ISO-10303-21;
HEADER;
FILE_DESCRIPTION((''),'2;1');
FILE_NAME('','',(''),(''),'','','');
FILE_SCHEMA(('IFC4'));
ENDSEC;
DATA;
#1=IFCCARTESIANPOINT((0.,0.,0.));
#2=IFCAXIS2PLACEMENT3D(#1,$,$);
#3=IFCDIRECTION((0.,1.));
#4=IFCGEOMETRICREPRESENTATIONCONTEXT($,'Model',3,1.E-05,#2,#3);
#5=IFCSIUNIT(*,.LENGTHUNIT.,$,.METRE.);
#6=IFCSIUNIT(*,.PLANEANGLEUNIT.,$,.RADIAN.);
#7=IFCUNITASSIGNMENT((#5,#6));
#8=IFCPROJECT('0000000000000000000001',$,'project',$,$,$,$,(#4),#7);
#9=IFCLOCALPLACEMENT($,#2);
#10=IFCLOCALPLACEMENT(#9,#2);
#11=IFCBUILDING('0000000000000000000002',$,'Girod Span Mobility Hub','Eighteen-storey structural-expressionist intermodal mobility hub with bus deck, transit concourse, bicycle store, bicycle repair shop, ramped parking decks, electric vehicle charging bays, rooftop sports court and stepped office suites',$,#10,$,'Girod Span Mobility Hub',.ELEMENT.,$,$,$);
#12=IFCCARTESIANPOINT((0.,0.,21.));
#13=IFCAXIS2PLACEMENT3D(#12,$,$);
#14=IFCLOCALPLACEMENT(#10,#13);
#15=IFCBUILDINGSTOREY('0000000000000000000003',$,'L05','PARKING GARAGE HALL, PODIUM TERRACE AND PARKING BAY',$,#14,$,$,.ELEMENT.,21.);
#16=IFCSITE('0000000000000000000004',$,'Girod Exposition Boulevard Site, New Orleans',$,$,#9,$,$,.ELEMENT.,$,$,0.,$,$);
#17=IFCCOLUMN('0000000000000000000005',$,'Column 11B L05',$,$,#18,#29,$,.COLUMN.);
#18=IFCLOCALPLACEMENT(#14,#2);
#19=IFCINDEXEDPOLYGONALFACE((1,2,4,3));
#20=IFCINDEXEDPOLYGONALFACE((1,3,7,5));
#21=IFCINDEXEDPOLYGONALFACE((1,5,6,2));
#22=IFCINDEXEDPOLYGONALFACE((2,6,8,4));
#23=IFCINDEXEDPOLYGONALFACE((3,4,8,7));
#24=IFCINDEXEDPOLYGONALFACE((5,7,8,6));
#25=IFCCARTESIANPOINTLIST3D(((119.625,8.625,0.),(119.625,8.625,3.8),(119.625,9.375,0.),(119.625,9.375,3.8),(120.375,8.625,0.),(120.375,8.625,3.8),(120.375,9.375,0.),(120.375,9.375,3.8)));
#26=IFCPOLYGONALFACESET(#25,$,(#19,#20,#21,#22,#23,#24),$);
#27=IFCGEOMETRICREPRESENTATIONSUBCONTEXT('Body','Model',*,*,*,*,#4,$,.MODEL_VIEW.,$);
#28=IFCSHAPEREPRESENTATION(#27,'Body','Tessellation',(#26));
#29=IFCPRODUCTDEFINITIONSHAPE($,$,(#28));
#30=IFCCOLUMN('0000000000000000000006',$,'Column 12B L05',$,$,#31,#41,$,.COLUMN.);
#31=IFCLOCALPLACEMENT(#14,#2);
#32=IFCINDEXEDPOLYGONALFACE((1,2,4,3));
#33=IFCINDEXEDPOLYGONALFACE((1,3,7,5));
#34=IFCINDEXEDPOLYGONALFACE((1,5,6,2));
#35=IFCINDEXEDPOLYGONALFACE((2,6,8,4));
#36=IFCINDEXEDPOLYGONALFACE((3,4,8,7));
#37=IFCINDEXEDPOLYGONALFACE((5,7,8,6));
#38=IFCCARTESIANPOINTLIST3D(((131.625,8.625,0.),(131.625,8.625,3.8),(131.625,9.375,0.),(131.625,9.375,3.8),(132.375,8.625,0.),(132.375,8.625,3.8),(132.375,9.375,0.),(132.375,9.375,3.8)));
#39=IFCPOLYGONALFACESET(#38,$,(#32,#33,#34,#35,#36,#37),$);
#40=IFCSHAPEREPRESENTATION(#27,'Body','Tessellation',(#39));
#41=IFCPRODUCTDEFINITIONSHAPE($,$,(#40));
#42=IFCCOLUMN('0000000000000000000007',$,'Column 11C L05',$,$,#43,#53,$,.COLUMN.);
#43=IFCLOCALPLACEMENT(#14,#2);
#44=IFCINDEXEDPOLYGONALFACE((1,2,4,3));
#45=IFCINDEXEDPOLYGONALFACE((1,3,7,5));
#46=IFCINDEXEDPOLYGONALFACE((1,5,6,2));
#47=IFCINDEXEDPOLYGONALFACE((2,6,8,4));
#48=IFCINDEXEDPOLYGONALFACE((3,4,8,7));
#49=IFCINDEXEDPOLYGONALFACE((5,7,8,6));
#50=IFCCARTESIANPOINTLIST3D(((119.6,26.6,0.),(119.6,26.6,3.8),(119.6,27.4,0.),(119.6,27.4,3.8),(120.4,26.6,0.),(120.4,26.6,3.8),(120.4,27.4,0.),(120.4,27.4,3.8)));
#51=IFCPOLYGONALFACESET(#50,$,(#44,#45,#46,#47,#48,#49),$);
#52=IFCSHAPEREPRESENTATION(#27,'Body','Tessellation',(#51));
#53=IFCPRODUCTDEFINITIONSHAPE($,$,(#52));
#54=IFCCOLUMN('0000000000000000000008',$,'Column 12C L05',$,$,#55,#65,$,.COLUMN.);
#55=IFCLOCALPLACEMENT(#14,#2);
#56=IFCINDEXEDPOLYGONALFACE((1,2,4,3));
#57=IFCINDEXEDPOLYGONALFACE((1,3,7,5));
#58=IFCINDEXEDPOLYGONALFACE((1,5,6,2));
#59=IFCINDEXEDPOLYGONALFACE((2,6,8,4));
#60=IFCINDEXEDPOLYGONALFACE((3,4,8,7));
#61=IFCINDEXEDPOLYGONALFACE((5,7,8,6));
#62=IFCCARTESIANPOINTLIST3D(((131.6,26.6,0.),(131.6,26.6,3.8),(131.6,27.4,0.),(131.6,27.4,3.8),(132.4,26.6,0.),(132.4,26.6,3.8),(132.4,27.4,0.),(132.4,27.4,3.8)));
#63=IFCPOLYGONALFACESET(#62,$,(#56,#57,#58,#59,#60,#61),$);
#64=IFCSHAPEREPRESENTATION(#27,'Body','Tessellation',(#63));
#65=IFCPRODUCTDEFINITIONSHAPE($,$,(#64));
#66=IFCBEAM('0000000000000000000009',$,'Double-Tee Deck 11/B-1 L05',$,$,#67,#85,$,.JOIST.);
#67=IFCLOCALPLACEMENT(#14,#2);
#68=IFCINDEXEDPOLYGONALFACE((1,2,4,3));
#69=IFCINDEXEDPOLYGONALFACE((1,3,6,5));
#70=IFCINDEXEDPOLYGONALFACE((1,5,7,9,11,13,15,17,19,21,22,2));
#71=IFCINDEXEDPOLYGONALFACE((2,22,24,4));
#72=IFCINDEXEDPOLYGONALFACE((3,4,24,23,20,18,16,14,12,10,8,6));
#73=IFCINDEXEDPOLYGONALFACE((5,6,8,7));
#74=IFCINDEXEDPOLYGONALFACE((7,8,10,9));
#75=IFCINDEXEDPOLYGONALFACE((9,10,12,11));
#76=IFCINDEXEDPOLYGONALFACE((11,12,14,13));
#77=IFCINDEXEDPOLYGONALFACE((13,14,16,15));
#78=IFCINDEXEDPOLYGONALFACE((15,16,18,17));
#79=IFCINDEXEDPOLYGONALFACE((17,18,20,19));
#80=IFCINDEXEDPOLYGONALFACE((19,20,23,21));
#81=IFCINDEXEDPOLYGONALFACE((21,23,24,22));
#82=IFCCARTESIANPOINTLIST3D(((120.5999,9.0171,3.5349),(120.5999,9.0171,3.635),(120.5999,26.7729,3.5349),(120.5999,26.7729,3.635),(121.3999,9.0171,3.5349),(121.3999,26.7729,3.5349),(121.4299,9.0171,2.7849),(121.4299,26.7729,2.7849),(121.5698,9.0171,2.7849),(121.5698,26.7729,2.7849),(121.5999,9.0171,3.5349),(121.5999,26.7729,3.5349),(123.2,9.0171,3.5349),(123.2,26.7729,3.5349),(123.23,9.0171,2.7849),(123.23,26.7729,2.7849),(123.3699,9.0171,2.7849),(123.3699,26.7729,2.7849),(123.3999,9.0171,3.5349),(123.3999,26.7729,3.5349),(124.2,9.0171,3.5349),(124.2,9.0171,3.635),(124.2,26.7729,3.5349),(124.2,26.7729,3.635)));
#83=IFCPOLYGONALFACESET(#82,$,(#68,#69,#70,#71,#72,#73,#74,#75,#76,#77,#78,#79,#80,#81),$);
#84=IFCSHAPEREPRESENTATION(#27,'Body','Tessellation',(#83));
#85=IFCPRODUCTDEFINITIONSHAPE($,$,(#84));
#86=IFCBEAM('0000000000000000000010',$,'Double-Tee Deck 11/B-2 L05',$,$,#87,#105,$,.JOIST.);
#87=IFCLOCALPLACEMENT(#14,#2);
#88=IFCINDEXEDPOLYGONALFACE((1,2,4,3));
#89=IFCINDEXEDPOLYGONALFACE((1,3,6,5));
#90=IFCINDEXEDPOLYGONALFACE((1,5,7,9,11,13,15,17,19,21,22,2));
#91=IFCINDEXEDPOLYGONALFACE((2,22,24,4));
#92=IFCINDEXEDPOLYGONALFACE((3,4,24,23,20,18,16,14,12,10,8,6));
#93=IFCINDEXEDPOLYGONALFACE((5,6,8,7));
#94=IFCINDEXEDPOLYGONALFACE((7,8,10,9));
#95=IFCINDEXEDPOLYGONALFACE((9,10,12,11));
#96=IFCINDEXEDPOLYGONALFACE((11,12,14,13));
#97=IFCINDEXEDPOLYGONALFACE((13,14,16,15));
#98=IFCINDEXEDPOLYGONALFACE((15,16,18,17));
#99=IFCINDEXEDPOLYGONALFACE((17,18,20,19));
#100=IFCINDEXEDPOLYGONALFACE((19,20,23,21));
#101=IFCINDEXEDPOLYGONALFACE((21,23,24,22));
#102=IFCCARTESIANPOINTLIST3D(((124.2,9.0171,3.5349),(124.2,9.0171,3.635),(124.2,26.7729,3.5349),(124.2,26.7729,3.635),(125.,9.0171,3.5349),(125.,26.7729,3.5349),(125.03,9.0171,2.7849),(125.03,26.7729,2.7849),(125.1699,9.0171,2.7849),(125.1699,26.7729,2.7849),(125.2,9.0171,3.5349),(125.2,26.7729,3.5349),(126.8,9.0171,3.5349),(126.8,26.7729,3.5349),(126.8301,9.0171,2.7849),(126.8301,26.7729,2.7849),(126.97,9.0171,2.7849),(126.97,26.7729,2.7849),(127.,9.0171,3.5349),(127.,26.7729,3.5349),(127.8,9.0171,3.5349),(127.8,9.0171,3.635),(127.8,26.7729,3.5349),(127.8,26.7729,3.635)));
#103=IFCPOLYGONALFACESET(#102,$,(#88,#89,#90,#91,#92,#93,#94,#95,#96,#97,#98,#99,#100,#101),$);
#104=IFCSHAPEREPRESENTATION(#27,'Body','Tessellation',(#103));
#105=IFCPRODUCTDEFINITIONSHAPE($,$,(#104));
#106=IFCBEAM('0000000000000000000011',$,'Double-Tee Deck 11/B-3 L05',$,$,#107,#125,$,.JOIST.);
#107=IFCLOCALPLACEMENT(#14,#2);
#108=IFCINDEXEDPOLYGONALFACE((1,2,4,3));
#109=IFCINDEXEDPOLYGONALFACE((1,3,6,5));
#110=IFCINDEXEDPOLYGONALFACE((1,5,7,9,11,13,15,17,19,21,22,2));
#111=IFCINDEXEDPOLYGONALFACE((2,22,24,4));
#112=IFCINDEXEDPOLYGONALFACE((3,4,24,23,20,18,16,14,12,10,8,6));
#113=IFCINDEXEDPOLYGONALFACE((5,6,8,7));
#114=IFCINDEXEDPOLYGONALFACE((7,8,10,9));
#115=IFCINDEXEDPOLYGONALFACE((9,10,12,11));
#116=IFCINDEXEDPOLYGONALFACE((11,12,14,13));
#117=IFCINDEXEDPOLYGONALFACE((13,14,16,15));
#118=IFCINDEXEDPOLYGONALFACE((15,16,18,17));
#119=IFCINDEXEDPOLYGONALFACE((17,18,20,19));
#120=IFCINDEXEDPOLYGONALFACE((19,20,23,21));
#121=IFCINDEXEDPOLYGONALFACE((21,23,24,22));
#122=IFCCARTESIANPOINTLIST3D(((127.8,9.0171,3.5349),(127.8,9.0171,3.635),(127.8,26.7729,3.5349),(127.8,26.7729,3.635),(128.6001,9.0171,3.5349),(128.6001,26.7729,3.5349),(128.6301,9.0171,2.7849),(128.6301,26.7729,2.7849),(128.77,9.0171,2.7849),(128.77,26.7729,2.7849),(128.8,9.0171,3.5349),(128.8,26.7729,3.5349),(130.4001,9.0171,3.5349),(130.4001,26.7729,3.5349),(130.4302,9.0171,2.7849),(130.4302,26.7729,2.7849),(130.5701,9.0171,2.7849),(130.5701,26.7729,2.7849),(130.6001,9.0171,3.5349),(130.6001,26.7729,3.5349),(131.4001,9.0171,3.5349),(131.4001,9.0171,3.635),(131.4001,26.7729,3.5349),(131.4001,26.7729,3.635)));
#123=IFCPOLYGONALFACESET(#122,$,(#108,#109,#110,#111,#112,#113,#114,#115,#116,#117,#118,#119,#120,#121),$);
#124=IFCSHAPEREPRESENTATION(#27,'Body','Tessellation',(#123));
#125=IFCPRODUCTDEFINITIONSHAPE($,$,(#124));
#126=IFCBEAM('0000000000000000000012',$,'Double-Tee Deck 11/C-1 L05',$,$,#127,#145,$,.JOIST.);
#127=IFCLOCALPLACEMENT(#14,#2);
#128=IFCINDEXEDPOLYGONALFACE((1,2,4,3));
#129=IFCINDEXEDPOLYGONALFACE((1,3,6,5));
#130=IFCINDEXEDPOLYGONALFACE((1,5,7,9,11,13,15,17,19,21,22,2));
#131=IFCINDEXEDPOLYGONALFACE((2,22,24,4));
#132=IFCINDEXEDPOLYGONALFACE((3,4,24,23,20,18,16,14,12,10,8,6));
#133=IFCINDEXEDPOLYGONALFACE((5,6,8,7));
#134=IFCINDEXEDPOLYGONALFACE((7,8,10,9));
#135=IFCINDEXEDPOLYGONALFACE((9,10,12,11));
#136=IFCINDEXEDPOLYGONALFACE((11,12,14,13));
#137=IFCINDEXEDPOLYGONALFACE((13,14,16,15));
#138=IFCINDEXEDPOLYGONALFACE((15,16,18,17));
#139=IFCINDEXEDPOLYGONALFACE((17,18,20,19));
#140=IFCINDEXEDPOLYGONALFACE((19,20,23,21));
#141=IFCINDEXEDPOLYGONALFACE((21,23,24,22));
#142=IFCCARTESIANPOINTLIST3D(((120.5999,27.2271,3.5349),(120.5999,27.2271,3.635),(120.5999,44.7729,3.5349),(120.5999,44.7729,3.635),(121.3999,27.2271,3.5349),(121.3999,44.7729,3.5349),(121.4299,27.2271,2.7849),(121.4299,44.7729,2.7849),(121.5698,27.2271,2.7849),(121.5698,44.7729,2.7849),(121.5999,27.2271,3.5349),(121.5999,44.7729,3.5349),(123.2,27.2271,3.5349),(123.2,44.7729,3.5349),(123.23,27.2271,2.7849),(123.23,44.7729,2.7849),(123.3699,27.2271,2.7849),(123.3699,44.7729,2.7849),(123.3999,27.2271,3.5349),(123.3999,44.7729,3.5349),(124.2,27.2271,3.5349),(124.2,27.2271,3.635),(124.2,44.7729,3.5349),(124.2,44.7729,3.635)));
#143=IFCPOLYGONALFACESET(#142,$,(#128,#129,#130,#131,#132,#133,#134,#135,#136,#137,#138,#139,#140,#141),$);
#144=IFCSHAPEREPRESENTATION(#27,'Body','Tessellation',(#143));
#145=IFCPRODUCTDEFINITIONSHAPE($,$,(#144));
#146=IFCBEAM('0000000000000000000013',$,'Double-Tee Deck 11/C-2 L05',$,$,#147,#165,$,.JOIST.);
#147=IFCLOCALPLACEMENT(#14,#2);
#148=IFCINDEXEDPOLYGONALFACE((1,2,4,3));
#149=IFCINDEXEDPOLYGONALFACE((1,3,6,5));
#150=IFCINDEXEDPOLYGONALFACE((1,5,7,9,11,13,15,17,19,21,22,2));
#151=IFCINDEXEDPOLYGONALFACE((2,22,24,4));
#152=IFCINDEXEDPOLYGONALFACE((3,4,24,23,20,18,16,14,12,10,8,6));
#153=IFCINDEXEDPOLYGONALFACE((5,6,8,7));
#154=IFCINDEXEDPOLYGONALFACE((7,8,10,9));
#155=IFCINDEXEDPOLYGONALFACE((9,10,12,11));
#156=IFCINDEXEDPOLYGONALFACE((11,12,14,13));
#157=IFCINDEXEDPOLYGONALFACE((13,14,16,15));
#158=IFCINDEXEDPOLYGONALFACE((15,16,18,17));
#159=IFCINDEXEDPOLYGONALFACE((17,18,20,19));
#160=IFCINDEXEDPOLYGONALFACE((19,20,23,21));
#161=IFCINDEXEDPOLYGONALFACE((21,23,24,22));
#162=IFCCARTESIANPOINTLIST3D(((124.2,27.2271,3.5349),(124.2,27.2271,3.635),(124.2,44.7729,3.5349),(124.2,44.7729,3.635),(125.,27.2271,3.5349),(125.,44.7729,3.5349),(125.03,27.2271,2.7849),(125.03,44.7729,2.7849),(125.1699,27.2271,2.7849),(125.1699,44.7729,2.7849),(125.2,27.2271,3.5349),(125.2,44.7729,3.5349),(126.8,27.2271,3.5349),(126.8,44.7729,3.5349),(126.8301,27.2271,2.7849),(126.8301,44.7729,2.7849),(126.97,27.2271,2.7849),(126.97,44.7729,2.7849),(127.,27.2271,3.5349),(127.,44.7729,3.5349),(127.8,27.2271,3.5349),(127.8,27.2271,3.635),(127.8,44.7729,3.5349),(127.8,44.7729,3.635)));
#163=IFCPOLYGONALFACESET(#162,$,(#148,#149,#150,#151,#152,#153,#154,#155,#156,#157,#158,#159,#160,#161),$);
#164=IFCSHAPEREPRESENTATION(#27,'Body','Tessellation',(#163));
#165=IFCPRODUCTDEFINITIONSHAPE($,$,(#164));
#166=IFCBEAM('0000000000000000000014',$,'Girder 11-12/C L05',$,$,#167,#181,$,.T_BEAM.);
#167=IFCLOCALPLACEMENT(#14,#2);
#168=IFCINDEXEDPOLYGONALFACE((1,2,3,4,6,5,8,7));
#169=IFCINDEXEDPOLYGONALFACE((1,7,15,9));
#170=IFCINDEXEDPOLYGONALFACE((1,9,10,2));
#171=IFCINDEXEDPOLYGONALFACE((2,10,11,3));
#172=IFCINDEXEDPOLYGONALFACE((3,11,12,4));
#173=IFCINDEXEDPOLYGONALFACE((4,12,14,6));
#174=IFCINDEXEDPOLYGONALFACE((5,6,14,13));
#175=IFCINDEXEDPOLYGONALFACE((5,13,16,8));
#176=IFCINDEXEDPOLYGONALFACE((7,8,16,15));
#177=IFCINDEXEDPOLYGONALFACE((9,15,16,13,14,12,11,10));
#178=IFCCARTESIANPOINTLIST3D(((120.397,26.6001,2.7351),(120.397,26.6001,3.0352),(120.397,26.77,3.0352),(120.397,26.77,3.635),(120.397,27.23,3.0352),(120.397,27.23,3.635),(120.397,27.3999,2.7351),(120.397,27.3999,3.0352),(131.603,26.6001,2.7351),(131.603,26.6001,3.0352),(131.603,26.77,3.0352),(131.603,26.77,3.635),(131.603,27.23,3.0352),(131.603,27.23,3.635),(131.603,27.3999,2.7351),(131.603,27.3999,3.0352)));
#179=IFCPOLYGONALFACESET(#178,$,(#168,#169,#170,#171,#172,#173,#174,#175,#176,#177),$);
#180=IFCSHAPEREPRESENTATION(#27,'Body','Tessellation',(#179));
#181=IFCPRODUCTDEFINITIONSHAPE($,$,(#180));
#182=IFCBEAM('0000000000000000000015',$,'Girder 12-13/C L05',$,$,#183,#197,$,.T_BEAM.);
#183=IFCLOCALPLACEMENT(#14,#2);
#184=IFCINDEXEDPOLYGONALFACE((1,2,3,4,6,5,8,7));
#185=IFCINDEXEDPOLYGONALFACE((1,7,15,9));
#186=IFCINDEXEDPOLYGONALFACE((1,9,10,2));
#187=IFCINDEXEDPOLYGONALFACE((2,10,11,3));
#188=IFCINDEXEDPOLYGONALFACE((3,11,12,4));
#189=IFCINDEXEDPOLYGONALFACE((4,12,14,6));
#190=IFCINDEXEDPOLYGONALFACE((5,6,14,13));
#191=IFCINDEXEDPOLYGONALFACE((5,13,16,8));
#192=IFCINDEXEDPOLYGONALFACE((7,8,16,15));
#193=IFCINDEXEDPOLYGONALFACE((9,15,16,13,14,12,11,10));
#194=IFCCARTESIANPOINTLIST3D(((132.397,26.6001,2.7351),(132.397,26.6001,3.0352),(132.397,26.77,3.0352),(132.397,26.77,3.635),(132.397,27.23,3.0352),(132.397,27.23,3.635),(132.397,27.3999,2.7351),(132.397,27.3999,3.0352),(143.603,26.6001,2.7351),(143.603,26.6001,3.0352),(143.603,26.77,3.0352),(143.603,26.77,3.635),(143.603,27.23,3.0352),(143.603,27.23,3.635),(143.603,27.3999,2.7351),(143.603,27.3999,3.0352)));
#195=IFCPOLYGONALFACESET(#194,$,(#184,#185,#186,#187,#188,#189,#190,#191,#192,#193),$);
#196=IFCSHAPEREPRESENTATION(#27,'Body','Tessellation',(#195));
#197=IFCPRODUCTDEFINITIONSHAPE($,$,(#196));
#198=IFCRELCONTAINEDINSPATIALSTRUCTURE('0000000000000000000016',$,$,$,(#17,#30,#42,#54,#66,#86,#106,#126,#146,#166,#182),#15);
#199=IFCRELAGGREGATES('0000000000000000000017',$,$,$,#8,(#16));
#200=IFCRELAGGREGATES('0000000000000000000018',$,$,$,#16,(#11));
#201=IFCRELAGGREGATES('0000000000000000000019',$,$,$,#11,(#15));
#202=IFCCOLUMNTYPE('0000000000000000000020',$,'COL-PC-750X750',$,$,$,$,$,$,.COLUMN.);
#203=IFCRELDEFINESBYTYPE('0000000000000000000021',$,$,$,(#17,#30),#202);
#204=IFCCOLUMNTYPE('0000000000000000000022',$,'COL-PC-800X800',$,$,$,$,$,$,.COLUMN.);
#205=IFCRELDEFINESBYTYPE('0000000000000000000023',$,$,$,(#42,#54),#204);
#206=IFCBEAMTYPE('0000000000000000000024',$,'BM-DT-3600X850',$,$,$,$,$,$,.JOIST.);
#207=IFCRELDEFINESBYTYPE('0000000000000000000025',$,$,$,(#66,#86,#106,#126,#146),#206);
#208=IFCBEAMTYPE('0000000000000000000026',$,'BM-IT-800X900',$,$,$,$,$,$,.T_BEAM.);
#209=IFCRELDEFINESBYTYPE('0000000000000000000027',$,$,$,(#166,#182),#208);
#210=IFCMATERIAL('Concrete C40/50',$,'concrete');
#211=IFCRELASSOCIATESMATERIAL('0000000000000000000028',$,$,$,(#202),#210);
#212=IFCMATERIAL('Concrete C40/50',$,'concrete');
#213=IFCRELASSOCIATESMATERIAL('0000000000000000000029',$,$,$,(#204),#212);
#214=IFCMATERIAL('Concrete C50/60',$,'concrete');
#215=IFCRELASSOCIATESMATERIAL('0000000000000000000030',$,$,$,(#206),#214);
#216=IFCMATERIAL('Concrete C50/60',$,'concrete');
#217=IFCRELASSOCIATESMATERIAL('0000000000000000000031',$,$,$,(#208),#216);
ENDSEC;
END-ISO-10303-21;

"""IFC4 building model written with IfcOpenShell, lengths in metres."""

from ifc_helpers import new_model, si_unit, direction, frame, origin, origin_2d, place, context, subcontext, project, spatial, polyline, rectangle, outline, extrude, material, material_profile, profile_set, type_object, element, save


model = new_model("IFC4")

# Units and contexts
model_context = context("Model", 3, precision=1e-05, world=origin(), true_north=direction((0.0, 1.0)))
body_context = subcontext(model_context, "Body", "Model", "MODEL_VIEW")
ifc_project = project(units=[si_unit("LENGTHUNIT", "METRE"), si_unit("PLANEANGLEUNIT", "RADIAN")], contexts=[model_context])

# Site, building, storey
site_placement = place(None, origin())
site = spatial("IfcSite", under=ifc_project, at=site_placement, Name="Girod Exposition Boulevard Site, New Orleans", CompositionType="ELEMENT", RefElevation=0.0)
building_placement = place(site_placement, origin())
building = spatial("IfcBuilding", under=site, at=building_placement, Name="Girod Span Mobility Hub", Description="Eighteen-storey structural-expressionist intermodal mobility hub with bus deck, transit concourse, bicycle store, bicycle repair shop, ramped parking decks, electric vehicle charging bays, rooftop sports court and stepped office suites", LongName="Girod Span Mobility Hub", CompositionType="ELEMENT")
storey_placement = place(building_placement, frame((0.0, 0.0, 21.0)))
storey = spatial("IfcBuildingStorey", under=building, at=storey_placement, Name="L05", Description="PARKING GARAGE HALL, PODIUM TERRACE AND PARKING BAY", CompositionType="ELEMENT", Elevation=21.0)

# Columns
ifc_material_1 = material(Name="Concrete C40/50", Category="concrete")
ifc_material_profile_1 = material_profile(ifc_material_1, rectangle(XDim=0.75, YDim=0.75, at=origin_2d()), Name="PC-COL-750X750")
ifc_profile_set_1 = profile_set([ifc_material_profile_1], Name="Concrete C40/50")
column_type_1 = type_object("IfcColumnType", Name="COL-PC-750X750", PredefinedType="COLUMN", material=ifc_profile_set_1)
for number, where, z_axis, x_axis, name in (
    (1, (120.0, 9.0, 0.0), (0.0, 0.0, 1.0), (1.0, 0.0, 0.0), "Column 11B L05"),
    (2, (132.0, 9.0, 0.0), (0.0, 0.0, 1.0), (1.0, 0.0, 0.0), "Column 12B L05"),
):
    element("IfcColumn", number, at=place(storey_placement, frame(where, z_axis=z_axis, x_axis=x_axis)), inside=storey, type_object=column_type_1, Name=name, PredefinedType="COLUMN", context=body_context, shape_type="SweptSolid", body=[
        extrude(rectangle(XDim=0.75, YDim=0.75, at=origin_2d()), origin(), (0.0, 0.0, 1.0), 3.8),
    ])
ifc_material_2 = material(Name="Concrete C40/50", Category="concrete")
ifc_material_profile_2 = material_profile(ifc_material_2, rectangle(XDim=0.8, YDim=0.8, at=origin_2d()), Name="PC-COL-800X800")
ifc_profile_set_2 = profile_set([ifc_material_profile_2], Name="Concrete C40/50")
column_type_2 = type_object("IfcColumnType", Name="COL-PC-800X800", PredefinedType="COLUMN", material=ifc_profile_set_2)
for number, where, z_axis, x_axis, name in (
    (3, (120.0, 27.0, 0.0), (0.0, 0.0, 1.0), (1.0, 0.0, 0.0), "Column 11C L05"),
    (4, (132.0, 27.0, 0.0), (0.0, 0.0, 1.0), (1.0, 0.0, 0.0), "Column 12C L05"),
):
    element("IfcColumn", number, at=place(storey_placement, frame(where, z_axis=z_axis, x_axis=x_axis)), inside=storey, type_object=column_type_2, Name=name, PredefinedType="COLUMN", context=body_context, shape_type="SweptSolid", body=[
        extrude(rectangle(XDim=0.8, YDim=0.8, at=origin_2d()), origin(), (0.0, 0.0, 1.0), 3.8),
    ])

# Beams
ifc_material_3 = material(Name="Concrete C50/60", Category="concrete")
ifc_material_profile_3 = material_profile(ifc_material_3, outline(polyline([(-1.8, 0.425), (-1.8, 0.325), (-1.0, 0.325), (-0.97, -0.425), (-0.8301, -0.425), (-0.8, 0.325), (0.8, 0.325), (0.8301, -0.425), (0.97, -0.425), (1.0, 0.325), (1.8, 0.325), (1.8, 0.425), (-1.8, 0.425)])), Name="DT-3600X850")
ifc_profile_set_3 = profile_set([ifc_material_profile_3], Name="Concrete C50/60")
beam_type_1 = type_object("IfcBeamType", Name="BM-DT-3600X850", PredefinedType="JOIST", material=ifc_profile_set_3)
for number, where, z_axis, x_axis, name in (
    (5, (122.3999, 9.0171, 3.21), (0.0, 1.0, 0.0), (-1.0, 0.0, 0.0), "Double-Tee Deck 11/B-1 L05"),
    (6, (126.0, 9.0171, 3.21), (0.0, 1.0, 0.0), (-1.0, 0.0, 0.0), "Double-Tee Deck 11/B-2 L05"),
    (7, (129.6001, 9.0171, 3.21), (0.0, 1.0, 0.0), (-1.0, 0.0, 0.0), "Double-Tee Deck 11/B-3 L05"),
):
    element("IfcBeam", number, at=place(storey_placement, frame(where, z_axis=z_axis, x_axis=x_axis)), inside=storey, type_object=beam_type_1, Name=name, PredefinedType="JOIST", context=body_context, shape_type="SweptSolid", body=[
        extrude(outline(polyline([(-1.8, 0.425), (-1.8, 0.325), (-1.0, 0.325), (-0.97, -0.425), (-0.8301, -0.425), (-0.8, 0.325), (0.8, 0.325), (0.8301, -0.425), (0.97, -0.425), (1.0, 0.325), (1.8, 0.325), (1.8, 0.425), (-1.8, 0.425)])), origin(), (0.0, 0.0, 1.0), 17.7559),
    ])
for number, where, z_axis, x_axis, name in (
    (8, (122.3999, 27.2271, 3.21), (0.0, 1.0, 0.0), (-1.0, 0.0, 0.0), "Double-Tee Deck 11/C-1 L05"),
    (9, (126.0, 27.2271, 3.21), (0.0, 1.0, 0.0), (-1.0, 0.0, 0.0), "Double-Tee Deck 11/C-2 L05"),
):
    element("IfcBeam", number, at=place(storey_placement, frame(where, z_axis=z_axis, x_axis=x_axis)), inside=storey, type_object=beam_type_1, Name=name, PredefinedType="JOIST", context=body_context, shape_type="SweptSolid", body=[
        extrude(outline(polyline([(-1.8, 0.425), (-1.8, 0.325), (-1.0, 0.325), (-0.97, -0.425), (-0.8301, -0.425), (-0.8, 0.325), (0.8, 0.325), (0.8301, -0.425), (0.97, -0.425), (1.0, 0.325), (1.8, 0.325), (1.8, 0.425), (-1.8, 0.425)])), origin(), (0.0, 0.0, 1.0), 17.5459),
    ])
ifc_material_4 = material(Name="Concrete C50/60", Category="concrete")
ifc_material_profile_4 = material_profile(ifc_material_4, outline(polyline([(-0.3999, -0.45), (0.3999, -0.45), (0.3999, -0.1499), (0.23, -0.1499), (0.23, 0.45), (-0.23, 0.45), (-0.23, -0.1499), (-0.3999, -0.1499), (-0.3999, -0.45)])), Name="IT-800X900")
ifc_profile_set_4 = profile_set([ifc_material_profile_4], Name="Concrete C50/60")
beam_type_2 = type_object("IfcBeamType", Name="BM-IT-800X900", PredefinedType="T_BEAM", material=ifc_profile_set_4)
for number, where, z_axis, x_axis, name in (
    (10, (120.397, 27.0, 3.1851), (1.0, 0.0, 0.0), (0.0, 1.0, 0.0), "Girder 11-12/C L05"),
    (11, (132.397, 27.0, 3.1851), (1.0, 0.0, 0.0), (0.0, 1.0, 0.0), "Girder 12-13/C L05"),
):
    element("IfcBeam", number, at=place(storey_placement, frame(where, z_axis=z_axis, x_axis=x_axis)), inside=storey, type_object=beam_type_2, Name=name, PredefinedType="T_BEAM", context=body_context, shape_type="SweptSolid", body=[
        extrude(outline(polyline([(-0.3999, -0.45), (0.3999, -0.45), (0.3999, -0.1499), (0.23, -0.1499), (0.23, 0.45), (-0.23, 0.45), (-0.23, -0.1499), (-0.3999, -0.1499), (-0.3999, -0.45)])), origin(), (0.0, 0.0, 1.0), 11.2061),
    ])

save(model, "model.ifc")
